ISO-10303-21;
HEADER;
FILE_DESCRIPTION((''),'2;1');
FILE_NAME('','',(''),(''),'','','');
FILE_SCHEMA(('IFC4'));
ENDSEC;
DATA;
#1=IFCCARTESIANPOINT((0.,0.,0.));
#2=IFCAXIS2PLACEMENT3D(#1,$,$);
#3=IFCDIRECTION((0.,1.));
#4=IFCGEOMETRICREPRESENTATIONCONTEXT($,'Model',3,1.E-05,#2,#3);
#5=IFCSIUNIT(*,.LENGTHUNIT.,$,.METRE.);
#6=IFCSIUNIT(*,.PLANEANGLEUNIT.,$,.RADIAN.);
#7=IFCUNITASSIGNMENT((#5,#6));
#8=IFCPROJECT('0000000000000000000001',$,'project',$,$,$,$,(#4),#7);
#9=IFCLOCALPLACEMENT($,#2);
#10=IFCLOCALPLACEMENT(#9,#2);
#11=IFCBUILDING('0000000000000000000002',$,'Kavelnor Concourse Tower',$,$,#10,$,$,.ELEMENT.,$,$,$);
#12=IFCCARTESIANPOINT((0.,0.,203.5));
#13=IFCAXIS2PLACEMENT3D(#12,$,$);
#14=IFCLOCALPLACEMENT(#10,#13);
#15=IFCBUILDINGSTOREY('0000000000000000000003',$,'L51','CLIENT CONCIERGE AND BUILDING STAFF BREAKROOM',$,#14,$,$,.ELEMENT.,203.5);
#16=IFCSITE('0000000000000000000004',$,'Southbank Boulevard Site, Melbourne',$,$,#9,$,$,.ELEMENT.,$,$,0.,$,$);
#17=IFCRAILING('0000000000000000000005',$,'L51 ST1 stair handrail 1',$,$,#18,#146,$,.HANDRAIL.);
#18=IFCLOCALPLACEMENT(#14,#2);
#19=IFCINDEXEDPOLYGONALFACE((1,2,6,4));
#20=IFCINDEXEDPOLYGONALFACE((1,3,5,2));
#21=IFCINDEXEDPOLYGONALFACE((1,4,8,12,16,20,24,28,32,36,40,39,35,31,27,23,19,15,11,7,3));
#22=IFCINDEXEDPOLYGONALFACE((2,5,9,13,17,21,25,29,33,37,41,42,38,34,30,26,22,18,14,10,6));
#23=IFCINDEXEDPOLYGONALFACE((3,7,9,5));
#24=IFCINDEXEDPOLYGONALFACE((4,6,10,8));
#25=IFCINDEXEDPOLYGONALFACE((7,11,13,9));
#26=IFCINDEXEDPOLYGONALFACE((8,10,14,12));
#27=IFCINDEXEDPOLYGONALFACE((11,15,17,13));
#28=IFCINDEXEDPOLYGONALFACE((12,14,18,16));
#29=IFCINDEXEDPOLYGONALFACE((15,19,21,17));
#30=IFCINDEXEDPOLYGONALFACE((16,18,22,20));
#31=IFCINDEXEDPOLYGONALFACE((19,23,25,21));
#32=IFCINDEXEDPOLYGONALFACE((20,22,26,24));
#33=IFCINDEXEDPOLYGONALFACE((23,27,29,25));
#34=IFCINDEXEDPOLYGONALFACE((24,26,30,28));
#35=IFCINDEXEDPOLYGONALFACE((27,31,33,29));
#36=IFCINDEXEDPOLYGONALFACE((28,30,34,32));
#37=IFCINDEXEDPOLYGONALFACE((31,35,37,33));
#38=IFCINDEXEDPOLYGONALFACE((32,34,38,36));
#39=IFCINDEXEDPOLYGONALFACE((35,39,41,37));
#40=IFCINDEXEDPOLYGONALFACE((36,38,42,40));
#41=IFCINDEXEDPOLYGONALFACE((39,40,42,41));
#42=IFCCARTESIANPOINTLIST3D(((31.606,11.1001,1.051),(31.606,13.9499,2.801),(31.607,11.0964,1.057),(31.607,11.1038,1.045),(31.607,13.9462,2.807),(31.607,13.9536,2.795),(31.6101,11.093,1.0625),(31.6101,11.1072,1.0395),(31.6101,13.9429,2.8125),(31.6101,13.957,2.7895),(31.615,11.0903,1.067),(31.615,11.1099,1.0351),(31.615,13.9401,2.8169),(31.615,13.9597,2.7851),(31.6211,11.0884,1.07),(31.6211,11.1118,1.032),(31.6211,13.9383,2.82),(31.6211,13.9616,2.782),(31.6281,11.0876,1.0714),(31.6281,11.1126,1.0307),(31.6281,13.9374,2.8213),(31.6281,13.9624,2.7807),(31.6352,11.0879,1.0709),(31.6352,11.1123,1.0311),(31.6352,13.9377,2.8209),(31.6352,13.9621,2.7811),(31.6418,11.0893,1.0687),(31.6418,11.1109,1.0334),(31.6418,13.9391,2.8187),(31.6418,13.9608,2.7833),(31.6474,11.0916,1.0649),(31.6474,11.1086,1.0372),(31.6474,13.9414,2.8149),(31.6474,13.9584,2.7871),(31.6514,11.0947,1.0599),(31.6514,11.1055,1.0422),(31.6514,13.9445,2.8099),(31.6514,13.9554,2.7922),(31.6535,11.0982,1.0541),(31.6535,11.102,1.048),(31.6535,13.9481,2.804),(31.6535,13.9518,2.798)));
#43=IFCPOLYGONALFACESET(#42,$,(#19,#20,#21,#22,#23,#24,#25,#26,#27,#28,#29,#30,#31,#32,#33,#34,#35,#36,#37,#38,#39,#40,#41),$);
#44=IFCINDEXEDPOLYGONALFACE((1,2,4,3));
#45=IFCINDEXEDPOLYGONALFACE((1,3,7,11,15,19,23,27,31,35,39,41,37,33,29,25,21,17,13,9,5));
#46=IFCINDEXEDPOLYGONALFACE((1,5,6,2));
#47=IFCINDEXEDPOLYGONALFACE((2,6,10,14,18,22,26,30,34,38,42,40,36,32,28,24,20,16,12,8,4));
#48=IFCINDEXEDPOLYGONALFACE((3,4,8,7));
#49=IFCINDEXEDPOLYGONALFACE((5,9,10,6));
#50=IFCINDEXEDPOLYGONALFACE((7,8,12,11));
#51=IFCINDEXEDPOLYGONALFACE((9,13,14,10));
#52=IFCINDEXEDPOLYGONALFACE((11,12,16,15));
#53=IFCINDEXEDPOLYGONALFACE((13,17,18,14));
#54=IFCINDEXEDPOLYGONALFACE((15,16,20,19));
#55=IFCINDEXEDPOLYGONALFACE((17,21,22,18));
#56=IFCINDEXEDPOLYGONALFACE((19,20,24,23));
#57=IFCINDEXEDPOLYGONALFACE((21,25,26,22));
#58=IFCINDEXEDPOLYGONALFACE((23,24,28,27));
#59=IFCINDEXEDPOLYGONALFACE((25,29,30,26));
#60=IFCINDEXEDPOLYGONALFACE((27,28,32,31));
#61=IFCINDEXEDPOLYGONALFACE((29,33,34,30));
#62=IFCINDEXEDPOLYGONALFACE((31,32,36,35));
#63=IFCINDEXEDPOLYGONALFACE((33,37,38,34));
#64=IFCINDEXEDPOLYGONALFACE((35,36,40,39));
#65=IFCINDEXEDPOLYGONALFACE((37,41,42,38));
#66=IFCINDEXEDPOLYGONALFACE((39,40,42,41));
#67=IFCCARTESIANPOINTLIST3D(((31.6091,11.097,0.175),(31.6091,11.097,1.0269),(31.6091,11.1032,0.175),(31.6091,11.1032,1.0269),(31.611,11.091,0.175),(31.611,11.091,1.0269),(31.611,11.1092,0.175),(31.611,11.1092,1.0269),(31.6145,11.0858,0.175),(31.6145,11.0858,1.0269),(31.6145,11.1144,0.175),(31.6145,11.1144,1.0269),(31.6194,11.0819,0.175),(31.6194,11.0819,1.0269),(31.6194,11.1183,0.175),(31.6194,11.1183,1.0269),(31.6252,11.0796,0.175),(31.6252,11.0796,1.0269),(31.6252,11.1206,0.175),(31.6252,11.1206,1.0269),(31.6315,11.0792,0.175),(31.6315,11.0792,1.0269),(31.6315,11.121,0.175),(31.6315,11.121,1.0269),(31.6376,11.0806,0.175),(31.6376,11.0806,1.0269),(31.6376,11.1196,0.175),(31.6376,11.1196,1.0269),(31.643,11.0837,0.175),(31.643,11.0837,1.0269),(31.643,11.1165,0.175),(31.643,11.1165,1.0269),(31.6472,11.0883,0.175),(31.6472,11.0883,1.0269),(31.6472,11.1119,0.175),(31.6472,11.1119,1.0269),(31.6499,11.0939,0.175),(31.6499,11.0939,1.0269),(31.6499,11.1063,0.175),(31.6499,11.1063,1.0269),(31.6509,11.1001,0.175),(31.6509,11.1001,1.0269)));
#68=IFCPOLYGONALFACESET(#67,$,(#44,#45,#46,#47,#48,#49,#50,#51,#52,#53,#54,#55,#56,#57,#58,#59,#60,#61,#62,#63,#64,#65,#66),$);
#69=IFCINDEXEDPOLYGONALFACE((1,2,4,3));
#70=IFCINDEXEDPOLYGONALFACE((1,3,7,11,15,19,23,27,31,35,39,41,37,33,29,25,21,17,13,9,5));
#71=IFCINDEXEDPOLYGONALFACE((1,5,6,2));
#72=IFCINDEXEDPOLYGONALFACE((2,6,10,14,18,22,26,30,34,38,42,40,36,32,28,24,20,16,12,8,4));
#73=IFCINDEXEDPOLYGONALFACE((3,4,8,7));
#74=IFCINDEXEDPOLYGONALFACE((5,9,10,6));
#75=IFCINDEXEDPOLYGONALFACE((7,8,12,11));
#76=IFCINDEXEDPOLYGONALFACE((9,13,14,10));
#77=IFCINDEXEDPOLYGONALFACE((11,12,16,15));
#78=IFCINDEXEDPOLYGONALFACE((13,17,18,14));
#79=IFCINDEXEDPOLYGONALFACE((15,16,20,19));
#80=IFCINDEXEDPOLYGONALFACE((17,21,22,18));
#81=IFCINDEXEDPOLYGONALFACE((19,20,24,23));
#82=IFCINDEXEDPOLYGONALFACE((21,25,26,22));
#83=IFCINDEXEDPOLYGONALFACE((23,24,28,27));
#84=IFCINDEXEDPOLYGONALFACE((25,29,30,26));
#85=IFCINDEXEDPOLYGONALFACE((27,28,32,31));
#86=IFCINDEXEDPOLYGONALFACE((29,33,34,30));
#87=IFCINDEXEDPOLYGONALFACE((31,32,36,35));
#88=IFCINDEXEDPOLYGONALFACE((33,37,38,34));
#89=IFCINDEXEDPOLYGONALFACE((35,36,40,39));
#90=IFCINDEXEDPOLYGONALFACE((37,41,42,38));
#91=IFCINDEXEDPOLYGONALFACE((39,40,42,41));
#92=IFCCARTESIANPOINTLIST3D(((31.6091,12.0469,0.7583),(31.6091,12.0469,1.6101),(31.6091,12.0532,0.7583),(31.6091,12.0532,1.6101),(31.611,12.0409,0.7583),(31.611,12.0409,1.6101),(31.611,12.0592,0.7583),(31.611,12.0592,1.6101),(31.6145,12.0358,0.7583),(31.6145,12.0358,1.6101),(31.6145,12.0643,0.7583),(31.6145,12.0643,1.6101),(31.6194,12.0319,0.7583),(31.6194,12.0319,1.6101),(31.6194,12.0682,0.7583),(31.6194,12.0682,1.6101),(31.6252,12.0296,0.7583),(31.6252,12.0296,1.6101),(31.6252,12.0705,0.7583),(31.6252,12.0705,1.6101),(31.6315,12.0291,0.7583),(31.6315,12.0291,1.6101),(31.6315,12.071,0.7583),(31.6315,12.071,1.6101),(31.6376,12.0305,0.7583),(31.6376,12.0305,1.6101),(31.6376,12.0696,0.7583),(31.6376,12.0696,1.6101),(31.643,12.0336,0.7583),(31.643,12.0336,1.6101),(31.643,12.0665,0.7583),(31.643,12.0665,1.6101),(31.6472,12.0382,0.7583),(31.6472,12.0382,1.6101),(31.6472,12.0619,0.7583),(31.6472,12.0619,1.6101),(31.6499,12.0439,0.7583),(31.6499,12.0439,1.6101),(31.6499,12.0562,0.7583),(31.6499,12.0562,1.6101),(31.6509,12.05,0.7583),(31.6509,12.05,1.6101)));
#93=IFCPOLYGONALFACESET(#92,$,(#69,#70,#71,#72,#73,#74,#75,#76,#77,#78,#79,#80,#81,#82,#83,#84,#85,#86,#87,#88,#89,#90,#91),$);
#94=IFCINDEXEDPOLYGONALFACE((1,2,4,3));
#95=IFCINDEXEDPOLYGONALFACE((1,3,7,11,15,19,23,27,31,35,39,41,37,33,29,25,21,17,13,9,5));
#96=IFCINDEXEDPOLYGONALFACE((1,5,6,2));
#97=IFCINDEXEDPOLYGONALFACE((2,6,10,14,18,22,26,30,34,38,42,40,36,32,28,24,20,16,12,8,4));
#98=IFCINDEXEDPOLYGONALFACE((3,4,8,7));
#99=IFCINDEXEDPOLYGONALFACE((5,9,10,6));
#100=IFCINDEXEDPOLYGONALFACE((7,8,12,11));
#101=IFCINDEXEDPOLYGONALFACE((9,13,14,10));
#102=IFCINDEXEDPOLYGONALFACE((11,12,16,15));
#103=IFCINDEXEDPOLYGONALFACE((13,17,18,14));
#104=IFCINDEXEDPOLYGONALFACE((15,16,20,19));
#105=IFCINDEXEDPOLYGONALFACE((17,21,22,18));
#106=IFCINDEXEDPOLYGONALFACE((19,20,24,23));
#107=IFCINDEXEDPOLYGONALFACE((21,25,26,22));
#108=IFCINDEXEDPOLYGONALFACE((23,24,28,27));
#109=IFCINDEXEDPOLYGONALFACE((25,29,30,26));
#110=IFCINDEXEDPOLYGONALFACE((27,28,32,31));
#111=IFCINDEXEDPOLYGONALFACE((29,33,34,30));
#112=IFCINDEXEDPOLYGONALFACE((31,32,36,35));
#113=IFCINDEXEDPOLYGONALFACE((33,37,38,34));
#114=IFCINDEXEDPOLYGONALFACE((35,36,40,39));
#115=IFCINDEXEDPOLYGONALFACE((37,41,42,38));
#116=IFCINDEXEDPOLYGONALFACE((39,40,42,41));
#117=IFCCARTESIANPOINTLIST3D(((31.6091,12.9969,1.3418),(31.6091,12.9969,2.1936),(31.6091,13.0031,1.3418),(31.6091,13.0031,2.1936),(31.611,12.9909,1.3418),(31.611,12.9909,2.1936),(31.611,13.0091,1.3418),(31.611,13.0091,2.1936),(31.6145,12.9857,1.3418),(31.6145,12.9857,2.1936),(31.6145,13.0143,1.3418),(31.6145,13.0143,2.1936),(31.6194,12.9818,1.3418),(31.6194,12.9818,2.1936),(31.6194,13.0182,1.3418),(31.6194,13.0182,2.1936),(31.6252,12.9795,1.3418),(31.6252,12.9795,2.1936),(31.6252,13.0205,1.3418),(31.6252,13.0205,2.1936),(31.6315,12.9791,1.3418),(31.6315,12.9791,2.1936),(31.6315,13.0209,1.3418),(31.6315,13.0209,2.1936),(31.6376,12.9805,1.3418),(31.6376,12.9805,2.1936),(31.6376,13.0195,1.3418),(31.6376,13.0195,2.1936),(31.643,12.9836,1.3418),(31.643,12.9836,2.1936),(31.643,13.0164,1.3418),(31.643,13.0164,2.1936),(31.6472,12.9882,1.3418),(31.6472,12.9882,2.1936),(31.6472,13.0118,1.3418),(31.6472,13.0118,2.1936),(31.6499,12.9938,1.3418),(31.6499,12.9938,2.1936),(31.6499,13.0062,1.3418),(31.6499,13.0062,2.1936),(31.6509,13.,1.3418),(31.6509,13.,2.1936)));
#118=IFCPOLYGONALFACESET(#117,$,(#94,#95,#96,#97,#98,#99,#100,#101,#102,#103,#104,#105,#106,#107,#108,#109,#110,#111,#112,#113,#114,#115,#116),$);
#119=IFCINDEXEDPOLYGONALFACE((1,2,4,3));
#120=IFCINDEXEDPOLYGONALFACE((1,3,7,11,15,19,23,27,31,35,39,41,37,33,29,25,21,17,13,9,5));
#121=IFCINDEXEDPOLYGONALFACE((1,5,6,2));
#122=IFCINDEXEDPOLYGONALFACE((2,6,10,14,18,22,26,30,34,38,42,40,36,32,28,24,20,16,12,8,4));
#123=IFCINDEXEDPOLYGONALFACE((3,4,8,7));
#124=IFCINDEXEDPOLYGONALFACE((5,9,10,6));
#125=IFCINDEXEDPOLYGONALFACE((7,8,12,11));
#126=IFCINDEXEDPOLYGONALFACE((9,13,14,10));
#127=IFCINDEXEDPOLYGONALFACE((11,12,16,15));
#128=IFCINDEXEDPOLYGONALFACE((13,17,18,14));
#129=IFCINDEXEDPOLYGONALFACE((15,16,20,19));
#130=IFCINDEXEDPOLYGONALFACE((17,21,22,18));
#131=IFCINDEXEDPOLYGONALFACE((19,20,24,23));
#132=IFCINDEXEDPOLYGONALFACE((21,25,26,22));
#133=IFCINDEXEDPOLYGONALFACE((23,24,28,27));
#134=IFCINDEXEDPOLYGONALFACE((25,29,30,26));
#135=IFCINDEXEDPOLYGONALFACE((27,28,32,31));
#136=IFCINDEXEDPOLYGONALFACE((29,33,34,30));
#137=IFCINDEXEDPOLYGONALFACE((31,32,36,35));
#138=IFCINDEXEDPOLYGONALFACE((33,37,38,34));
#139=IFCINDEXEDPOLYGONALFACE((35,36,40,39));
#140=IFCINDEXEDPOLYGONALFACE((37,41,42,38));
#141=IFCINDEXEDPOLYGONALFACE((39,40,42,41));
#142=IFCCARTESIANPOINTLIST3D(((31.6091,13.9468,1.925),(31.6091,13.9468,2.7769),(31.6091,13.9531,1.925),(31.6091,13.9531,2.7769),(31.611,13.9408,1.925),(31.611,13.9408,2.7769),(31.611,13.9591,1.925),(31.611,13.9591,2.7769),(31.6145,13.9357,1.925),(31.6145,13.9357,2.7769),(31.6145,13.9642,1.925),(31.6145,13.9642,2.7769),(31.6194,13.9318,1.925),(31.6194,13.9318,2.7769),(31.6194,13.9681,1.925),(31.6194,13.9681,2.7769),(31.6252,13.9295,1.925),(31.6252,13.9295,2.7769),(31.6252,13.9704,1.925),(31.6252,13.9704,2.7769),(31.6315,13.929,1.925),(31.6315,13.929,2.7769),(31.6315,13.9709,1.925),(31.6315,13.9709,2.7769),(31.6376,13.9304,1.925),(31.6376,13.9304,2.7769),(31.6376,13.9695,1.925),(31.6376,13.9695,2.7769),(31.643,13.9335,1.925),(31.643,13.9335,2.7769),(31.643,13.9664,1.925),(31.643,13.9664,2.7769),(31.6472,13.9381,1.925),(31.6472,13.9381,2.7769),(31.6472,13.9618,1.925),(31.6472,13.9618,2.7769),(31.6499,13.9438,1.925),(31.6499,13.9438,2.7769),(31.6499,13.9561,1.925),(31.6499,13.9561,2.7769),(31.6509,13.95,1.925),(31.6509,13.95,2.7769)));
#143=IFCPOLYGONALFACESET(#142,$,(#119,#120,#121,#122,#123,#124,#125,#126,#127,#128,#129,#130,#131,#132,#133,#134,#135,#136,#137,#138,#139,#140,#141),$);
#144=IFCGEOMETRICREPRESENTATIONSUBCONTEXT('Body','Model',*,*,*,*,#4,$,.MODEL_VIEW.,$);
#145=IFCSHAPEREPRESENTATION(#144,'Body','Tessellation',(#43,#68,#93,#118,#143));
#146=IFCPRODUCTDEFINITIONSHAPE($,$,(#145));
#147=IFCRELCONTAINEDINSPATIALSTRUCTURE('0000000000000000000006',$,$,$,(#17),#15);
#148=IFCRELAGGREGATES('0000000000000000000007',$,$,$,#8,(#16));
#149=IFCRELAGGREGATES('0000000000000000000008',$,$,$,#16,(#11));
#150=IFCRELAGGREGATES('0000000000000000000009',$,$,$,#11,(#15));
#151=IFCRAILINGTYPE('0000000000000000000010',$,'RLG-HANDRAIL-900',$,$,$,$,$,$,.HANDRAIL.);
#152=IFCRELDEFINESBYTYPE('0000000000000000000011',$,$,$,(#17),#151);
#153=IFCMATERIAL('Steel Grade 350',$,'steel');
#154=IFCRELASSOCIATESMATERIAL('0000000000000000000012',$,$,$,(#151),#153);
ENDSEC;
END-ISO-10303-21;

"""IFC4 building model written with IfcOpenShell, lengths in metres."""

from ifc_helpers import new_model, si_unit, direction, frame, origin, origin_2d, place, context, subcontext, project, spatial, circle, extrude, material, type_object, element, save


model = new_model("IFC4")

# Units and contexts
model_context = context("Model", 3, precision=1e-05, world=origin(), true_north=direction((0.0, 1.0)))
body_context = subcontext(model_context, "Body", "Model", "MODEL_VIEW")
ifc_project = project(units=[si_unit("LENGTHUNIT", "METRE"), si_unit("PLANEANGLEUNIT", "RADIAN")], contexts=[model_context])

# Site, building, storey
site_placement = place(None, origin())
site = spatial("IfcSite", under=ifc_project, at=site_placement, Name="Southbank Boulevard Site, Melbourne", CompositionType="ELEMENT", RefElevation=0.0)
building_placement = place(site_placement, origin())
building = spatial("IfcBuilding", under=site, at=building_placement, Name="Kavelnor Concourse Tower", CompositionType="ELEMENT")
storey_placement = place(building_placement, frame((0.0, 0.0, 203.5)))
storey = spatial("IfcBuildingStorey", under=building, at=storey_placement, Name="L51", Description="CLIENT CONCIERGE AND BUILDING STAFF BREAKROOM", CompositionType="ELEMENT", Elevation=203.5)

# Shared definitions
ifc_material_1 = material(Name="Steel Grade 350", Category="steel")

# Railing
railing_type_1 = type_object("IfcRailingType", Name="RLG-HANDRAIL-900", PredefinedType="HANDRAIL", material=ifc_material_1)
railing_1_placement = place(storey_placement, frame((31.6299, 11.1001, 0.175)))
element("IfcRailing", 1, at=railing_1_placement, inside=storey, type_object=railing_type_1, Name="L51 ST1 stair handrail 1", PredefinedType="HANDRAIL", context=body_context, shape_type="SweptSolid", body=[
    extrude(circle(Radius=0.0239, at=origin_2d()), frame((0.0, 0.0, 0.876), z_axis=(0.0, 0.852159, 0.523283), x_axis=(-1.0, 0.0, 0.0)), (0.0, 0.0, 1.0), 3.3442),
    extrude(circle(Radius=0.021, at=origin_2d()), origin(), (0.0, 0.0, 1.0), 0.8518),
    extrude(circle(Radius=0.021, at=origin_2d()), frame((0.0, 0.95, 0.5833)), (0.0, 0.0, 1.0), 0.8518),
    extrude(circle(Radius=0.021, at=origin_2d()), frame((0.0, 1.8999, 1.1667)), (0.0, 0.0, 1.0), 0.8518),
    extrude(circle(Radius=0.021, at=origin_2d()), frame((0.0, 2.8499, 1.75)), (0.0, 0.0, 1.0), 0.8518),
])

save(model, "model.ifc")
